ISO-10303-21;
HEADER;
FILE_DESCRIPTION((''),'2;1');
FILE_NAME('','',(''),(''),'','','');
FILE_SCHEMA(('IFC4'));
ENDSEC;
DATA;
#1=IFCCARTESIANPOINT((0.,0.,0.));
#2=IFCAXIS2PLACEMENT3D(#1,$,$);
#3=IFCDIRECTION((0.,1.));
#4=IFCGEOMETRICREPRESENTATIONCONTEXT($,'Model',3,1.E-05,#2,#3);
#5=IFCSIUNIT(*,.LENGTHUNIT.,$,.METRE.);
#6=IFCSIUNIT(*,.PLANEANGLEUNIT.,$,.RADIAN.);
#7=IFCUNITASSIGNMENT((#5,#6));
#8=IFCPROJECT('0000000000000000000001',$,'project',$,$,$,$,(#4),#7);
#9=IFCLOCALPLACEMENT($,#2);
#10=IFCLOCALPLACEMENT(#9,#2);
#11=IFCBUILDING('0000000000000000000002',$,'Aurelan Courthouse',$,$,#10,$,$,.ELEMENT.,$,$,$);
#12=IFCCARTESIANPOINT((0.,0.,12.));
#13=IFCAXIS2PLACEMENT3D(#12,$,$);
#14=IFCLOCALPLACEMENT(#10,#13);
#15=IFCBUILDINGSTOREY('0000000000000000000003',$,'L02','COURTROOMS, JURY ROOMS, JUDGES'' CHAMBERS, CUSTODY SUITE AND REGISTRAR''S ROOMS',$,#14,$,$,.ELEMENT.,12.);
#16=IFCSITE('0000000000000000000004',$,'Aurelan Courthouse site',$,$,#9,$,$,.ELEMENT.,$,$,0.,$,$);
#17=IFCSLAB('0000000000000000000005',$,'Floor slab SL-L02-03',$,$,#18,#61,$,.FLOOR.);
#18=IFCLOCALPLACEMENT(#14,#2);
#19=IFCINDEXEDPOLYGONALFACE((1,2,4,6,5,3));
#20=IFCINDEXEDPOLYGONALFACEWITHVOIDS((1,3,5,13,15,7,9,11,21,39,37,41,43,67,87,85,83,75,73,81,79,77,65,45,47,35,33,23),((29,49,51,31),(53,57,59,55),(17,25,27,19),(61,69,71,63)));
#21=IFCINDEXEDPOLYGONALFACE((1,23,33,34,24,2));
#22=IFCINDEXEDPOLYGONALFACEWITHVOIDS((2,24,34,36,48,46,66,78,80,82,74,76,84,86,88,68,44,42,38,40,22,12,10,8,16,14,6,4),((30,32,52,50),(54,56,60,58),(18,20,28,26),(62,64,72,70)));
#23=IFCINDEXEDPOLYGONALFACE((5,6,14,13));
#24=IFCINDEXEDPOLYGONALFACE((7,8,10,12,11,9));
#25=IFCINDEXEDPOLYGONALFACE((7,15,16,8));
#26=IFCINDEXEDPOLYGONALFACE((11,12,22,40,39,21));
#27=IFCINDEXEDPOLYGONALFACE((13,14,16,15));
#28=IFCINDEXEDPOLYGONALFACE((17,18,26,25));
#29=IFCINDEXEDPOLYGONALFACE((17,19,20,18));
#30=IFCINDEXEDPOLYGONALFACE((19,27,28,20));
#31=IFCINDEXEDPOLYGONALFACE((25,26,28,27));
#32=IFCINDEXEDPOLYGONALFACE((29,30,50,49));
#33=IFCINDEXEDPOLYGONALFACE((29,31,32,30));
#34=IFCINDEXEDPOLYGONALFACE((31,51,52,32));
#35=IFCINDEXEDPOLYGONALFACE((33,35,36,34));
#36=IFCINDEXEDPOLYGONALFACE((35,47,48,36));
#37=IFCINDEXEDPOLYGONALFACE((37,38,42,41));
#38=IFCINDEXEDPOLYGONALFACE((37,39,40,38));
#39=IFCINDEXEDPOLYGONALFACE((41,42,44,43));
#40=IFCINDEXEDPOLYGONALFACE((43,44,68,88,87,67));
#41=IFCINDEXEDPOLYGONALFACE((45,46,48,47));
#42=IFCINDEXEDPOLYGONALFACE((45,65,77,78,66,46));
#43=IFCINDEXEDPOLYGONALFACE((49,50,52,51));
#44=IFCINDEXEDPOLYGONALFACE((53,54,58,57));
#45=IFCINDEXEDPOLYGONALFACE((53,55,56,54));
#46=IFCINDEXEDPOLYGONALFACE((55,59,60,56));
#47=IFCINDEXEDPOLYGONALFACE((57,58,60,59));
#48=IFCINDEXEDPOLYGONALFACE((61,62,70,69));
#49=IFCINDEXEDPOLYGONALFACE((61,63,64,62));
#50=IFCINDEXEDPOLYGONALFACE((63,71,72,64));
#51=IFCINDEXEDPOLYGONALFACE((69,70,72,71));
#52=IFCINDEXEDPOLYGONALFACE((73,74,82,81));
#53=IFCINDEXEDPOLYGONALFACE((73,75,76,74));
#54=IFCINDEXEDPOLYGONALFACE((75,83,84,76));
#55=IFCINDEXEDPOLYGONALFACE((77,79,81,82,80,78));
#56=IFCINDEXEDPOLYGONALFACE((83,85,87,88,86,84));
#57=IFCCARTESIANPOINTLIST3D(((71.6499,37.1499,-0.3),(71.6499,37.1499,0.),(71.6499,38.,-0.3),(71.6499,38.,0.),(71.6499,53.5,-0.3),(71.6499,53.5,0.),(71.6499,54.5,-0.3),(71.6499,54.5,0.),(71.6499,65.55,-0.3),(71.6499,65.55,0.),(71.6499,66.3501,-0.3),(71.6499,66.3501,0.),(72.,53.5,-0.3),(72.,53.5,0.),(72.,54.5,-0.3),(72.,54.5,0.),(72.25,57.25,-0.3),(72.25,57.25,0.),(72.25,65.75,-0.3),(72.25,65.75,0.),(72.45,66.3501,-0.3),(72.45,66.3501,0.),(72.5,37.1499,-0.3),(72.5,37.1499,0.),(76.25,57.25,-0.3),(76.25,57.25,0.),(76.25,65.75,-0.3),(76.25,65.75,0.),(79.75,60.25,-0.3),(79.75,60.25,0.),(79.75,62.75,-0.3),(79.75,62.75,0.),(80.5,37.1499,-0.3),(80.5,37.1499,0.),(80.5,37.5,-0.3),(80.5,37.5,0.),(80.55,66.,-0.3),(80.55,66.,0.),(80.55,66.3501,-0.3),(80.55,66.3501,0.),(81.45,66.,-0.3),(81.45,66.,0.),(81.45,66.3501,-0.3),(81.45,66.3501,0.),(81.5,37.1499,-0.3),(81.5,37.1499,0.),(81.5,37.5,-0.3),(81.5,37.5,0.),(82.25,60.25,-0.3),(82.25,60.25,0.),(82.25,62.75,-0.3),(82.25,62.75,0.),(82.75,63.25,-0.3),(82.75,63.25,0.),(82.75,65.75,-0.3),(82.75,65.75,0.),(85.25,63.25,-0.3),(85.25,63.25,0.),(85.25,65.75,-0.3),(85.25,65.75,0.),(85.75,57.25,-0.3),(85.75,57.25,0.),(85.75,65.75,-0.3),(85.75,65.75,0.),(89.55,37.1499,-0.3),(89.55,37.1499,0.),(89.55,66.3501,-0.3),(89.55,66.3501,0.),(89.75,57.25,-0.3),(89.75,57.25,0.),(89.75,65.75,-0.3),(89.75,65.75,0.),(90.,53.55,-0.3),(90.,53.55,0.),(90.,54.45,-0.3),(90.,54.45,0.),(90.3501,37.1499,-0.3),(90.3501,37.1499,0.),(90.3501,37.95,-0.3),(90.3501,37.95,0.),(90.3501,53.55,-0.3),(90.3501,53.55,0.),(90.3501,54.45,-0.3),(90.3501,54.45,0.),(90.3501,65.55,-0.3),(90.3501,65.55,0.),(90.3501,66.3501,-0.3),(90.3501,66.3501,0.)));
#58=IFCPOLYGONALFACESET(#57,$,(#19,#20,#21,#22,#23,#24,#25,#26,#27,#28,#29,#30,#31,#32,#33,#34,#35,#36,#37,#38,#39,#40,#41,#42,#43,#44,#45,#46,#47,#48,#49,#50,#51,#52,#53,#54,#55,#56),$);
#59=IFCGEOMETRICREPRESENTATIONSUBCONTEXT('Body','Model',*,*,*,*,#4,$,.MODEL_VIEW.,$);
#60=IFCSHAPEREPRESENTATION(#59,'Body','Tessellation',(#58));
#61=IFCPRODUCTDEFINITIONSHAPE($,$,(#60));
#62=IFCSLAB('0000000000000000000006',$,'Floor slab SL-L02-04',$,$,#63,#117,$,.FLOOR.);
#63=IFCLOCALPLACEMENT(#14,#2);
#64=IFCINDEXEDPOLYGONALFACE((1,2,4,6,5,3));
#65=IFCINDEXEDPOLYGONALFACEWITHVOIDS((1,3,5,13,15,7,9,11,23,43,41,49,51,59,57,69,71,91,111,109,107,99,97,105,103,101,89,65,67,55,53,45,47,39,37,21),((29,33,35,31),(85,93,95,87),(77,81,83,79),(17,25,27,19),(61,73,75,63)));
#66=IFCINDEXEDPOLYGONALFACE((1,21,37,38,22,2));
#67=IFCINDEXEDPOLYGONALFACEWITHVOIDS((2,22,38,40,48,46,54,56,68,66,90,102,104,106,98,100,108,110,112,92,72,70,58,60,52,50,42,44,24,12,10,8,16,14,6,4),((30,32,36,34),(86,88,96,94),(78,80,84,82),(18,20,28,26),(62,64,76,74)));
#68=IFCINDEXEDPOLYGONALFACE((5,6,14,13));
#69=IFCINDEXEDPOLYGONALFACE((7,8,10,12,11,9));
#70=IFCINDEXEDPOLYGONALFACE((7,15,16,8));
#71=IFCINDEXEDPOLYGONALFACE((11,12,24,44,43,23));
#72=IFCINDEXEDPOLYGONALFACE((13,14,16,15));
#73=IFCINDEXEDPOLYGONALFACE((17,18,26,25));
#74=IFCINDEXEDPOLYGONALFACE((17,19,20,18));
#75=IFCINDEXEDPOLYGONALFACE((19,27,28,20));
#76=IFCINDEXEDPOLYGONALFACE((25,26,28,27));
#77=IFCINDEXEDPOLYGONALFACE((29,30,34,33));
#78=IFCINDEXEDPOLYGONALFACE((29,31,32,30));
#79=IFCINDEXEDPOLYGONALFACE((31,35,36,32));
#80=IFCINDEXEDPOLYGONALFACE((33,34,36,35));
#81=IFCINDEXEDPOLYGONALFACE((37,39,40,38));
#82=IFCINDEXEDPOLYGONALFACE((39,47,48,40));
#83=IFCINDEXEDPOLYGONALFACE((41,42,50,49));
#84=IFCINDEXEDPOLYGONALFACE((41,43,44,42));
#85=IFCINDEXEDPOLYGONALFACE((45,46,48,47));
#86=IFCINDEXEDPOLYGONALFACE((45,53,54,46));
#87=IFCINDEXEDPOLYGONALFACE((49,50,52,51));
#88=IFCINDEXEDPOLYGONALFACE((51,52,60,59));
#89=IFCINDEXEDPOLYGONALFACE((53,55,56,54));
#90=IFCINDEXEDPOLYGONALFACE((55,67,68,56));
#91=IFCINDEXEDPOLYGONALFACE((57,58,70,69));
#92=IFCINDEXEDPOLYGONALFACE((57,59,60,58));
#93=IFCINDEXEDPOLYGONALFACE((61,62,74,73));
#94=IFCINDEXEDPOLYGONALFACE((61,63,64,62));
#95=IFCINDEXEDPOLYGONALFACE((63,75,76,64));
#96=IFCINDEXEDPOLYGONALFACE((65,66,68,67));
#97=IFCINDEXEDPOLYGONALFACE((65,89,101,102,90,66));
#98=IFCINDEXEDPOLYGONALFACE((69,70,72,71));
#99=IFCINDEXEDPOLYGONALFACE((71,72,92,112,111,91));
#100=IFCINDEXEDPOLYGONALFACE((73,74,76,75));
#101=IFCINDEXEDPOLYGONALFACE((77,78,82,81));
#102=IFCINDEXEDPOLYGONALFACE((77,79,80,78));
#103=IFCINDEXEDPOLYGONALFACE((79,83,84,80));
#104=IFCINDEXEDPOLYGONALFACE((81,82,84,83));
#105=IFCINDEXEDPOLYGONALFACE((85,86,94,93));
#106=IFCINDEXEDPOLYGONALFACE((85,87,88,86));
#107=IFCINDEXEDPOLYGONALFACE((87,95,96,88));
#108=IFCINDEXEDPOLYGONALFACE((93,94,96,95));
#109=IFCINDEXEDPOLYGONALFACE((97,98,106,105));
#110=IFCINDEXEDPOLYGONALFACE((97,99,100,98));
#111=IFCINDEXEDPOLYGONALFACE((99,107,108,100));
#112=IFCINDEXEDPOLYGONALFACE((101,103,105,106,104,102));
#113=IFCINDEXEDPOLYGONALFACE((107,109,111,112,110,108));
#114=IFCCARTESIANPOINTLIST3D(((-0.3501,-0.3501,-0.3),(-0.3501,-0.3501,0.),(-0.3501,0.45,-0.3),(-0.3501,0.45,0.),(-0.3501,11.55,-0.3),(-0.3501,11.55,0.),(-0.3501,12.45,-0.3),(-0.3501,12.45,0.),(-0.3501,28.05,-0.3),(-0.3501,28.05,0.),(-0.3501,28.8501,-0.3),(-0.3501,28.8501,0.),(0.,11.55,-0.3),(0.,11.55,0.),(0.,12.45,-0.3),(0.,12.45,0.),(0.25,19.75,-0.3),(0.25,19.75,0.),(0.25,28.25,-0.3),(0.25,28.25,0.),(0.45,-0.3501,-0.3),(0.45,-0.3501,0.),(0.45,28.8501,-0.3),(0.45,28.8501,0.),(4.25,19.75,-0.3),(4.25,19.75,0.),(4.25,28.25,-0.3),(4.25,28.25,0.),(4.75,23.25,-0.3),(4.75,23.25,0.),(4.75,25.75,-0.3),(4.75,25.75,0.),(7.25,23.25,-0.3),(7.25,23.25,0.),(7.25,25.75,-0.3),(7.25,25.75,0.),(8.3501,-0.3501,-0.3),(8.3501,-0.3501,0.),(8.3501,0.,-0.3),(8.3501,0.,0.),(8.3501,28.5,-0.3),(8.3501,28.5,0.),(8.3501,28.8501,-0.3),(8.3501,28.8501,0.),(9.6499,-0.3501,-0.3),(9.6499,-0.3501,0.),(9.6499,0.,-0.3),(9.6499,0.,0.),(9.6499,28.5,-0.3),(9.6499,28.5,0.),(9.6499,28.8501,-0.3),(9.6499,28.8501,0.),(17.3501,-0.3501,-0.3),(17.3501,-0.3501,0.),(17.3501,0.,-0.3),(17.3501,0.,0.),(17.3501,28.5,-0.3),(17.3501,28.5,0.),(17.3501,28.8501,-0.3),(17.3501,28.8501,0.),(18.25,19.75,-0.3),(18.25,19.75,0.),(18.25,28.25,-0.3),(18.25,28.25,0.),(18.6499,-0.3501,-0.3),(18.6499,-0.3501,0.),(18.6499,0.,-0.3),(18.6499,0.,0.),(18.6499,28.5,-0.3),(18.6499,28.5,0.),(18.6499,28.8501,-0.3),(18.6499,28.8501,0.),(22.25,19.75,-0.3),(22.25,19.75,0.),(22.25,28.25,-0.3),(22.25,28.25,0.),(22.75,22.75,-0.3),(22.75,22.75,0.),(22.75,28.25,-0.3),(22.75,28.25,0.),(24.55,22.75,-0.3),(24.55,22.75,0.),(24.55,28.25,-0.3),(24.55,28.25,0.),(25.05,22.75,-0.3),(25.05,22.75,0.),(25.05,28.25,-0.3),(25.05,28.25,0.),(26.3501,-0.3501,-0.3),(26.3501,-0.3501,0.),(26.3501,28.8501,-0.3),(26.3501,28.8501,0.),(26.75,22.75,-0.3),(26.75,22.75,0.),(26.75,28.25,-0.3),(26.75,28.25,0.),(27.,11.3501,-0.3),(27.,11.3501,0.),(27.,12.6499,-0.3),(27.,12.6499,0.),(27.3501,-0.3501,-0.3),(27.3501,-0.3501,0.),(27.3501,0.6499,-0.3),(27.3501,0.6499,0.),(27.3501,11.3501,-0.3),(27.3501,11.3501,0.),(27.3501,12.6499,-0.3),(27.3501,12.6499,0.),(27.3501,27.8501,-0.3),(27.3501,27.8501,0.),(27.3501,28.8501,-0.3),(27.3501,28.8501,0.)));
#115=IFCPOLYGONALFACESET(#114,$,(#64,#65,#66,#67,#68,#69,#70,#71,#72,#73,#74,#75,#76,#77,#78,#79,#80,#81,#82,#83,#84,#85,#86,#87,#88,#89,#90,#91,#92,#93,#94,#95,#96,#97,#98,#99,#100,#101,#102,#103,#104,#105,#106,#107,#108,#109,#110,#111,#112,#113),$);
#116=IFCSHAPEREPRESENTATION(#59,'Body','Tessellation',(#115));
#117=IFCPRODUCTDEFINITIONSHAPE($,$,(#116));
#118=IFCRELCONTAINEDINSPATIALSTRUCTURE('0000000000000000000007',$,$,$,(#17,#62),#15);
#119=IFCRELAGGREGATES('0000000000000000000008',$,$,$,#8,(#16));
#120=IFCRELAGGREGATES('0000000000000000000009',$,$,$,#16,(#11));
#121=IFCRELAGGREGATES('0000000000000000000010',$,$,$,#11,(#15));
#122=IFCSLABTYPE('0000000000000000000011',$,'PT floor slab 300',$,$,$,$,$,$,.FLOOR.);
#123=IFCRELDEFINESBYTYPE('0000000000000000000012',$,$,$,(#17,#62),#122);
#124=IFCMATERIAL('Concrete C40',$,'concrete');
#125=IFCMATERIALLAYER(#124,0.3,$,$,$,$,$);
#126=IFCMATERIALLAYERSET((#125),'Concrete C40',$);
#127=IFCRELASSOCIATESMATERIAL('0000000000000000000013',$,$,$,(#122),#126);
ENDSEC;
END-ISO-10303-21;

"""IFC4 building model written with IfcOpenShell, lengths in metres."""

from ifc_helpers import new_model, si_unit, direction, frame, origin, place, context, subcontext, project, spatial, polyline, outline, extrude, material, layer, layer_set, type_object, element, save


model = new_model("IFC4")

# Units and contexts
model_context = context("Model", 3, precision=1e-05, world=origin(), true_north=direction((0.0, 1.0)))
body_context = subcontext(model_context, "Body", "Model", "MODEL_VIEW")
ifc_project = project(units=[si_unit("LENGTHUNIT", "METRE"), si_unit("PLANEANGLEUNIT", "RADIAN")], contexts=[model_context])

# Site, building, storey
site_placement = place(None, origin())
site = spatial("IfcSite", under=ifc_project, at=site_placement, Name="Aurelan Courthouse site", CompositionType="ELEMENT", RefElevation=0.0)
building_placement = place(site_placement, origin())
building = spatial("IfcBuilding", under=site, at=building_placement, Name="Aurelan Courthouse", CompositionType="ELEMENT")
storey_placement = place(building_placement, frame((0.0, 0.0, 12.0)))
storey = spatial("IfcBuildingStorey", under=building, at=storey_placement, Name="L02", Description="COURTROOMS, JURY ROOMS, JUDGES' CHAMBERS, CUSTODY SUITE AND REGISTRAR'S ROOMS", CompositionType="ELEMENT", Elevation=12.0)

# Slabs
ifc_material_1 = material(Name="Concrete C40", Category="concrete")
ifc_layer_1 = layer(ifc_material_1, 0.3)
ifc_layer_set_1 = layer_set([ifc_layer_1], Name="Concrete C40")
slab_type_1 = type_object("IfcSlabType", Name="PT floor slab 300", PredefinedType="FLOOR", material=ifc_layer_set_1)
slab_1_placement = place(storey_placement, frame((0.0, 0.0, -0.3)))
element("IfcSlab", 1, at=slab_1_placement, inside=storey, type_object=slab_type_1, Name="Floor slab SL-L02-03", PredefinedType="FLOOR", context=body_context, shape_type="SweptSolid", body=[
    extrude(outline(polyline([(72.0, 53.5), (71.6499, 53.5), (71.6499, 38.0), (71.6499, 37.1499), (72.5, 37.1499), (80.5, 37.1499), (80.5, 37.5), (81.5, 37.5), (81.5, 37.1499), (89.55, 37.1499), (90.3501, 37.1499), (90.3501, 37.95), (90.3501, 53.55), (90.0, 53.55), (90.0, 54.45), (90.3501, 54.45), (90.3501, 65.55), (90.3501, 66.3501), (89.55, 66.3501), (81.45, 66.3501), (81.45, 66.0), (80.55, 66.0), (80.55, 66.3501), (72.45, 66.3501), (71.6499, 66.3501), (71.6499, 65.55), (71.6499, 54.5), (72.0, 54.5), (72.0, 53.5)]), holes=[polyline([(85.75, 57.25), (85.75, 65.75), (89.75, 65.75), (89.75, 57.25), (85.75, 57.25)]), polyline([(82.75, 65.75), (85.25, 65.75), (85.25, 63.25), (82.75, 63.25), (82.75, 65.75)]), polyline([(82.25, 62.75), (82.25, 60.25), (79.75, 60.25), (79.75, 62.75), (82.25, 62.75)]), polyline([(76.25, 57.25), (72.25, 57.25), (72.25, 65.75), (76.25, 65.75), (76.25, 57.25)])]), origin(), (0.0, 0.0, 1.0), 0.3),
])
slab_2_placement = place(storey_placement, frame((0.0, 0.0, -0.3)))
element("IfcSlab", 2, at=slab_2_placement, inside=storey, type_object=slab_type_1, Name="Floor slab SL-L02-04", PredefinedType="FLOOR", context=body_context, shape_type="SweptSolid", body=[
    extrude(outline(polyline([(0.0, 12.45), (0.0, 11.55), (-0.3501, 11.55), (-0.3501, 0.45), (-0.3501, -0.3501), (0.45, -0.3501), (8.3501, -0.3501), (8.3501, 0.0), (9.6499, 0.0), (9.6499, -0.3501), (17.3501, -0.3501), (17.3501, 0.0), (18.6499, 0.0), (18.6499, -0.3501), (26.3501, -0.3501), (27.3501, -0.3501), (27.3501, 0.6499), (27.3501, 11.3501), (27.0, 11.3501), (27.0, 12.6499), (27.3501, 12.6499), (27.3501, 27.8501), (27.3501, 28.8501), (26.3501, 28.8501), (18.6499, 28.8501), (18.6499, 28.5), (17.3501, 28.5), (17.3501, 28.8501), (9.6499, 28.8501), (9.6499, 28.5), (8.3501, 28.5), (8.3501, 28.8501), (0.45, 28.8501), (-0.3501, 28.8501), (-0.3501, 28.05), (-0.3501, 12.45), (0.0, 12.45)]), holes=[polyline([(26.75, 28.25), (26.75, 22.75), (25.05, 22.75), (25.05, 28.25), (26.75, 28.25)]), polyline([(22.75, 28.25), (24.55, 28.25), (24.55, 22.75), (22.75, 22.75), (22.75, 28.25)]), polyline([(22.25, 28.25), (22.25, 19.75), (18.25, 19.75), (18.25, 28.25), (22.25, 28.25)]), polyline([(4.75, 23.25), (4.75, 25.75), (7.25, 25.75), (7.25, 23.25), (4.75, 23.25)]), polyline([(4.25, 19.75), (0.25, 19.75), (0.25, 28.25), (4.25, 28.25), (4.25, 19.75)])]), origin(), (0.0, 0.0, 1.0), 0.3),
])

save(model, "model.ifc")
